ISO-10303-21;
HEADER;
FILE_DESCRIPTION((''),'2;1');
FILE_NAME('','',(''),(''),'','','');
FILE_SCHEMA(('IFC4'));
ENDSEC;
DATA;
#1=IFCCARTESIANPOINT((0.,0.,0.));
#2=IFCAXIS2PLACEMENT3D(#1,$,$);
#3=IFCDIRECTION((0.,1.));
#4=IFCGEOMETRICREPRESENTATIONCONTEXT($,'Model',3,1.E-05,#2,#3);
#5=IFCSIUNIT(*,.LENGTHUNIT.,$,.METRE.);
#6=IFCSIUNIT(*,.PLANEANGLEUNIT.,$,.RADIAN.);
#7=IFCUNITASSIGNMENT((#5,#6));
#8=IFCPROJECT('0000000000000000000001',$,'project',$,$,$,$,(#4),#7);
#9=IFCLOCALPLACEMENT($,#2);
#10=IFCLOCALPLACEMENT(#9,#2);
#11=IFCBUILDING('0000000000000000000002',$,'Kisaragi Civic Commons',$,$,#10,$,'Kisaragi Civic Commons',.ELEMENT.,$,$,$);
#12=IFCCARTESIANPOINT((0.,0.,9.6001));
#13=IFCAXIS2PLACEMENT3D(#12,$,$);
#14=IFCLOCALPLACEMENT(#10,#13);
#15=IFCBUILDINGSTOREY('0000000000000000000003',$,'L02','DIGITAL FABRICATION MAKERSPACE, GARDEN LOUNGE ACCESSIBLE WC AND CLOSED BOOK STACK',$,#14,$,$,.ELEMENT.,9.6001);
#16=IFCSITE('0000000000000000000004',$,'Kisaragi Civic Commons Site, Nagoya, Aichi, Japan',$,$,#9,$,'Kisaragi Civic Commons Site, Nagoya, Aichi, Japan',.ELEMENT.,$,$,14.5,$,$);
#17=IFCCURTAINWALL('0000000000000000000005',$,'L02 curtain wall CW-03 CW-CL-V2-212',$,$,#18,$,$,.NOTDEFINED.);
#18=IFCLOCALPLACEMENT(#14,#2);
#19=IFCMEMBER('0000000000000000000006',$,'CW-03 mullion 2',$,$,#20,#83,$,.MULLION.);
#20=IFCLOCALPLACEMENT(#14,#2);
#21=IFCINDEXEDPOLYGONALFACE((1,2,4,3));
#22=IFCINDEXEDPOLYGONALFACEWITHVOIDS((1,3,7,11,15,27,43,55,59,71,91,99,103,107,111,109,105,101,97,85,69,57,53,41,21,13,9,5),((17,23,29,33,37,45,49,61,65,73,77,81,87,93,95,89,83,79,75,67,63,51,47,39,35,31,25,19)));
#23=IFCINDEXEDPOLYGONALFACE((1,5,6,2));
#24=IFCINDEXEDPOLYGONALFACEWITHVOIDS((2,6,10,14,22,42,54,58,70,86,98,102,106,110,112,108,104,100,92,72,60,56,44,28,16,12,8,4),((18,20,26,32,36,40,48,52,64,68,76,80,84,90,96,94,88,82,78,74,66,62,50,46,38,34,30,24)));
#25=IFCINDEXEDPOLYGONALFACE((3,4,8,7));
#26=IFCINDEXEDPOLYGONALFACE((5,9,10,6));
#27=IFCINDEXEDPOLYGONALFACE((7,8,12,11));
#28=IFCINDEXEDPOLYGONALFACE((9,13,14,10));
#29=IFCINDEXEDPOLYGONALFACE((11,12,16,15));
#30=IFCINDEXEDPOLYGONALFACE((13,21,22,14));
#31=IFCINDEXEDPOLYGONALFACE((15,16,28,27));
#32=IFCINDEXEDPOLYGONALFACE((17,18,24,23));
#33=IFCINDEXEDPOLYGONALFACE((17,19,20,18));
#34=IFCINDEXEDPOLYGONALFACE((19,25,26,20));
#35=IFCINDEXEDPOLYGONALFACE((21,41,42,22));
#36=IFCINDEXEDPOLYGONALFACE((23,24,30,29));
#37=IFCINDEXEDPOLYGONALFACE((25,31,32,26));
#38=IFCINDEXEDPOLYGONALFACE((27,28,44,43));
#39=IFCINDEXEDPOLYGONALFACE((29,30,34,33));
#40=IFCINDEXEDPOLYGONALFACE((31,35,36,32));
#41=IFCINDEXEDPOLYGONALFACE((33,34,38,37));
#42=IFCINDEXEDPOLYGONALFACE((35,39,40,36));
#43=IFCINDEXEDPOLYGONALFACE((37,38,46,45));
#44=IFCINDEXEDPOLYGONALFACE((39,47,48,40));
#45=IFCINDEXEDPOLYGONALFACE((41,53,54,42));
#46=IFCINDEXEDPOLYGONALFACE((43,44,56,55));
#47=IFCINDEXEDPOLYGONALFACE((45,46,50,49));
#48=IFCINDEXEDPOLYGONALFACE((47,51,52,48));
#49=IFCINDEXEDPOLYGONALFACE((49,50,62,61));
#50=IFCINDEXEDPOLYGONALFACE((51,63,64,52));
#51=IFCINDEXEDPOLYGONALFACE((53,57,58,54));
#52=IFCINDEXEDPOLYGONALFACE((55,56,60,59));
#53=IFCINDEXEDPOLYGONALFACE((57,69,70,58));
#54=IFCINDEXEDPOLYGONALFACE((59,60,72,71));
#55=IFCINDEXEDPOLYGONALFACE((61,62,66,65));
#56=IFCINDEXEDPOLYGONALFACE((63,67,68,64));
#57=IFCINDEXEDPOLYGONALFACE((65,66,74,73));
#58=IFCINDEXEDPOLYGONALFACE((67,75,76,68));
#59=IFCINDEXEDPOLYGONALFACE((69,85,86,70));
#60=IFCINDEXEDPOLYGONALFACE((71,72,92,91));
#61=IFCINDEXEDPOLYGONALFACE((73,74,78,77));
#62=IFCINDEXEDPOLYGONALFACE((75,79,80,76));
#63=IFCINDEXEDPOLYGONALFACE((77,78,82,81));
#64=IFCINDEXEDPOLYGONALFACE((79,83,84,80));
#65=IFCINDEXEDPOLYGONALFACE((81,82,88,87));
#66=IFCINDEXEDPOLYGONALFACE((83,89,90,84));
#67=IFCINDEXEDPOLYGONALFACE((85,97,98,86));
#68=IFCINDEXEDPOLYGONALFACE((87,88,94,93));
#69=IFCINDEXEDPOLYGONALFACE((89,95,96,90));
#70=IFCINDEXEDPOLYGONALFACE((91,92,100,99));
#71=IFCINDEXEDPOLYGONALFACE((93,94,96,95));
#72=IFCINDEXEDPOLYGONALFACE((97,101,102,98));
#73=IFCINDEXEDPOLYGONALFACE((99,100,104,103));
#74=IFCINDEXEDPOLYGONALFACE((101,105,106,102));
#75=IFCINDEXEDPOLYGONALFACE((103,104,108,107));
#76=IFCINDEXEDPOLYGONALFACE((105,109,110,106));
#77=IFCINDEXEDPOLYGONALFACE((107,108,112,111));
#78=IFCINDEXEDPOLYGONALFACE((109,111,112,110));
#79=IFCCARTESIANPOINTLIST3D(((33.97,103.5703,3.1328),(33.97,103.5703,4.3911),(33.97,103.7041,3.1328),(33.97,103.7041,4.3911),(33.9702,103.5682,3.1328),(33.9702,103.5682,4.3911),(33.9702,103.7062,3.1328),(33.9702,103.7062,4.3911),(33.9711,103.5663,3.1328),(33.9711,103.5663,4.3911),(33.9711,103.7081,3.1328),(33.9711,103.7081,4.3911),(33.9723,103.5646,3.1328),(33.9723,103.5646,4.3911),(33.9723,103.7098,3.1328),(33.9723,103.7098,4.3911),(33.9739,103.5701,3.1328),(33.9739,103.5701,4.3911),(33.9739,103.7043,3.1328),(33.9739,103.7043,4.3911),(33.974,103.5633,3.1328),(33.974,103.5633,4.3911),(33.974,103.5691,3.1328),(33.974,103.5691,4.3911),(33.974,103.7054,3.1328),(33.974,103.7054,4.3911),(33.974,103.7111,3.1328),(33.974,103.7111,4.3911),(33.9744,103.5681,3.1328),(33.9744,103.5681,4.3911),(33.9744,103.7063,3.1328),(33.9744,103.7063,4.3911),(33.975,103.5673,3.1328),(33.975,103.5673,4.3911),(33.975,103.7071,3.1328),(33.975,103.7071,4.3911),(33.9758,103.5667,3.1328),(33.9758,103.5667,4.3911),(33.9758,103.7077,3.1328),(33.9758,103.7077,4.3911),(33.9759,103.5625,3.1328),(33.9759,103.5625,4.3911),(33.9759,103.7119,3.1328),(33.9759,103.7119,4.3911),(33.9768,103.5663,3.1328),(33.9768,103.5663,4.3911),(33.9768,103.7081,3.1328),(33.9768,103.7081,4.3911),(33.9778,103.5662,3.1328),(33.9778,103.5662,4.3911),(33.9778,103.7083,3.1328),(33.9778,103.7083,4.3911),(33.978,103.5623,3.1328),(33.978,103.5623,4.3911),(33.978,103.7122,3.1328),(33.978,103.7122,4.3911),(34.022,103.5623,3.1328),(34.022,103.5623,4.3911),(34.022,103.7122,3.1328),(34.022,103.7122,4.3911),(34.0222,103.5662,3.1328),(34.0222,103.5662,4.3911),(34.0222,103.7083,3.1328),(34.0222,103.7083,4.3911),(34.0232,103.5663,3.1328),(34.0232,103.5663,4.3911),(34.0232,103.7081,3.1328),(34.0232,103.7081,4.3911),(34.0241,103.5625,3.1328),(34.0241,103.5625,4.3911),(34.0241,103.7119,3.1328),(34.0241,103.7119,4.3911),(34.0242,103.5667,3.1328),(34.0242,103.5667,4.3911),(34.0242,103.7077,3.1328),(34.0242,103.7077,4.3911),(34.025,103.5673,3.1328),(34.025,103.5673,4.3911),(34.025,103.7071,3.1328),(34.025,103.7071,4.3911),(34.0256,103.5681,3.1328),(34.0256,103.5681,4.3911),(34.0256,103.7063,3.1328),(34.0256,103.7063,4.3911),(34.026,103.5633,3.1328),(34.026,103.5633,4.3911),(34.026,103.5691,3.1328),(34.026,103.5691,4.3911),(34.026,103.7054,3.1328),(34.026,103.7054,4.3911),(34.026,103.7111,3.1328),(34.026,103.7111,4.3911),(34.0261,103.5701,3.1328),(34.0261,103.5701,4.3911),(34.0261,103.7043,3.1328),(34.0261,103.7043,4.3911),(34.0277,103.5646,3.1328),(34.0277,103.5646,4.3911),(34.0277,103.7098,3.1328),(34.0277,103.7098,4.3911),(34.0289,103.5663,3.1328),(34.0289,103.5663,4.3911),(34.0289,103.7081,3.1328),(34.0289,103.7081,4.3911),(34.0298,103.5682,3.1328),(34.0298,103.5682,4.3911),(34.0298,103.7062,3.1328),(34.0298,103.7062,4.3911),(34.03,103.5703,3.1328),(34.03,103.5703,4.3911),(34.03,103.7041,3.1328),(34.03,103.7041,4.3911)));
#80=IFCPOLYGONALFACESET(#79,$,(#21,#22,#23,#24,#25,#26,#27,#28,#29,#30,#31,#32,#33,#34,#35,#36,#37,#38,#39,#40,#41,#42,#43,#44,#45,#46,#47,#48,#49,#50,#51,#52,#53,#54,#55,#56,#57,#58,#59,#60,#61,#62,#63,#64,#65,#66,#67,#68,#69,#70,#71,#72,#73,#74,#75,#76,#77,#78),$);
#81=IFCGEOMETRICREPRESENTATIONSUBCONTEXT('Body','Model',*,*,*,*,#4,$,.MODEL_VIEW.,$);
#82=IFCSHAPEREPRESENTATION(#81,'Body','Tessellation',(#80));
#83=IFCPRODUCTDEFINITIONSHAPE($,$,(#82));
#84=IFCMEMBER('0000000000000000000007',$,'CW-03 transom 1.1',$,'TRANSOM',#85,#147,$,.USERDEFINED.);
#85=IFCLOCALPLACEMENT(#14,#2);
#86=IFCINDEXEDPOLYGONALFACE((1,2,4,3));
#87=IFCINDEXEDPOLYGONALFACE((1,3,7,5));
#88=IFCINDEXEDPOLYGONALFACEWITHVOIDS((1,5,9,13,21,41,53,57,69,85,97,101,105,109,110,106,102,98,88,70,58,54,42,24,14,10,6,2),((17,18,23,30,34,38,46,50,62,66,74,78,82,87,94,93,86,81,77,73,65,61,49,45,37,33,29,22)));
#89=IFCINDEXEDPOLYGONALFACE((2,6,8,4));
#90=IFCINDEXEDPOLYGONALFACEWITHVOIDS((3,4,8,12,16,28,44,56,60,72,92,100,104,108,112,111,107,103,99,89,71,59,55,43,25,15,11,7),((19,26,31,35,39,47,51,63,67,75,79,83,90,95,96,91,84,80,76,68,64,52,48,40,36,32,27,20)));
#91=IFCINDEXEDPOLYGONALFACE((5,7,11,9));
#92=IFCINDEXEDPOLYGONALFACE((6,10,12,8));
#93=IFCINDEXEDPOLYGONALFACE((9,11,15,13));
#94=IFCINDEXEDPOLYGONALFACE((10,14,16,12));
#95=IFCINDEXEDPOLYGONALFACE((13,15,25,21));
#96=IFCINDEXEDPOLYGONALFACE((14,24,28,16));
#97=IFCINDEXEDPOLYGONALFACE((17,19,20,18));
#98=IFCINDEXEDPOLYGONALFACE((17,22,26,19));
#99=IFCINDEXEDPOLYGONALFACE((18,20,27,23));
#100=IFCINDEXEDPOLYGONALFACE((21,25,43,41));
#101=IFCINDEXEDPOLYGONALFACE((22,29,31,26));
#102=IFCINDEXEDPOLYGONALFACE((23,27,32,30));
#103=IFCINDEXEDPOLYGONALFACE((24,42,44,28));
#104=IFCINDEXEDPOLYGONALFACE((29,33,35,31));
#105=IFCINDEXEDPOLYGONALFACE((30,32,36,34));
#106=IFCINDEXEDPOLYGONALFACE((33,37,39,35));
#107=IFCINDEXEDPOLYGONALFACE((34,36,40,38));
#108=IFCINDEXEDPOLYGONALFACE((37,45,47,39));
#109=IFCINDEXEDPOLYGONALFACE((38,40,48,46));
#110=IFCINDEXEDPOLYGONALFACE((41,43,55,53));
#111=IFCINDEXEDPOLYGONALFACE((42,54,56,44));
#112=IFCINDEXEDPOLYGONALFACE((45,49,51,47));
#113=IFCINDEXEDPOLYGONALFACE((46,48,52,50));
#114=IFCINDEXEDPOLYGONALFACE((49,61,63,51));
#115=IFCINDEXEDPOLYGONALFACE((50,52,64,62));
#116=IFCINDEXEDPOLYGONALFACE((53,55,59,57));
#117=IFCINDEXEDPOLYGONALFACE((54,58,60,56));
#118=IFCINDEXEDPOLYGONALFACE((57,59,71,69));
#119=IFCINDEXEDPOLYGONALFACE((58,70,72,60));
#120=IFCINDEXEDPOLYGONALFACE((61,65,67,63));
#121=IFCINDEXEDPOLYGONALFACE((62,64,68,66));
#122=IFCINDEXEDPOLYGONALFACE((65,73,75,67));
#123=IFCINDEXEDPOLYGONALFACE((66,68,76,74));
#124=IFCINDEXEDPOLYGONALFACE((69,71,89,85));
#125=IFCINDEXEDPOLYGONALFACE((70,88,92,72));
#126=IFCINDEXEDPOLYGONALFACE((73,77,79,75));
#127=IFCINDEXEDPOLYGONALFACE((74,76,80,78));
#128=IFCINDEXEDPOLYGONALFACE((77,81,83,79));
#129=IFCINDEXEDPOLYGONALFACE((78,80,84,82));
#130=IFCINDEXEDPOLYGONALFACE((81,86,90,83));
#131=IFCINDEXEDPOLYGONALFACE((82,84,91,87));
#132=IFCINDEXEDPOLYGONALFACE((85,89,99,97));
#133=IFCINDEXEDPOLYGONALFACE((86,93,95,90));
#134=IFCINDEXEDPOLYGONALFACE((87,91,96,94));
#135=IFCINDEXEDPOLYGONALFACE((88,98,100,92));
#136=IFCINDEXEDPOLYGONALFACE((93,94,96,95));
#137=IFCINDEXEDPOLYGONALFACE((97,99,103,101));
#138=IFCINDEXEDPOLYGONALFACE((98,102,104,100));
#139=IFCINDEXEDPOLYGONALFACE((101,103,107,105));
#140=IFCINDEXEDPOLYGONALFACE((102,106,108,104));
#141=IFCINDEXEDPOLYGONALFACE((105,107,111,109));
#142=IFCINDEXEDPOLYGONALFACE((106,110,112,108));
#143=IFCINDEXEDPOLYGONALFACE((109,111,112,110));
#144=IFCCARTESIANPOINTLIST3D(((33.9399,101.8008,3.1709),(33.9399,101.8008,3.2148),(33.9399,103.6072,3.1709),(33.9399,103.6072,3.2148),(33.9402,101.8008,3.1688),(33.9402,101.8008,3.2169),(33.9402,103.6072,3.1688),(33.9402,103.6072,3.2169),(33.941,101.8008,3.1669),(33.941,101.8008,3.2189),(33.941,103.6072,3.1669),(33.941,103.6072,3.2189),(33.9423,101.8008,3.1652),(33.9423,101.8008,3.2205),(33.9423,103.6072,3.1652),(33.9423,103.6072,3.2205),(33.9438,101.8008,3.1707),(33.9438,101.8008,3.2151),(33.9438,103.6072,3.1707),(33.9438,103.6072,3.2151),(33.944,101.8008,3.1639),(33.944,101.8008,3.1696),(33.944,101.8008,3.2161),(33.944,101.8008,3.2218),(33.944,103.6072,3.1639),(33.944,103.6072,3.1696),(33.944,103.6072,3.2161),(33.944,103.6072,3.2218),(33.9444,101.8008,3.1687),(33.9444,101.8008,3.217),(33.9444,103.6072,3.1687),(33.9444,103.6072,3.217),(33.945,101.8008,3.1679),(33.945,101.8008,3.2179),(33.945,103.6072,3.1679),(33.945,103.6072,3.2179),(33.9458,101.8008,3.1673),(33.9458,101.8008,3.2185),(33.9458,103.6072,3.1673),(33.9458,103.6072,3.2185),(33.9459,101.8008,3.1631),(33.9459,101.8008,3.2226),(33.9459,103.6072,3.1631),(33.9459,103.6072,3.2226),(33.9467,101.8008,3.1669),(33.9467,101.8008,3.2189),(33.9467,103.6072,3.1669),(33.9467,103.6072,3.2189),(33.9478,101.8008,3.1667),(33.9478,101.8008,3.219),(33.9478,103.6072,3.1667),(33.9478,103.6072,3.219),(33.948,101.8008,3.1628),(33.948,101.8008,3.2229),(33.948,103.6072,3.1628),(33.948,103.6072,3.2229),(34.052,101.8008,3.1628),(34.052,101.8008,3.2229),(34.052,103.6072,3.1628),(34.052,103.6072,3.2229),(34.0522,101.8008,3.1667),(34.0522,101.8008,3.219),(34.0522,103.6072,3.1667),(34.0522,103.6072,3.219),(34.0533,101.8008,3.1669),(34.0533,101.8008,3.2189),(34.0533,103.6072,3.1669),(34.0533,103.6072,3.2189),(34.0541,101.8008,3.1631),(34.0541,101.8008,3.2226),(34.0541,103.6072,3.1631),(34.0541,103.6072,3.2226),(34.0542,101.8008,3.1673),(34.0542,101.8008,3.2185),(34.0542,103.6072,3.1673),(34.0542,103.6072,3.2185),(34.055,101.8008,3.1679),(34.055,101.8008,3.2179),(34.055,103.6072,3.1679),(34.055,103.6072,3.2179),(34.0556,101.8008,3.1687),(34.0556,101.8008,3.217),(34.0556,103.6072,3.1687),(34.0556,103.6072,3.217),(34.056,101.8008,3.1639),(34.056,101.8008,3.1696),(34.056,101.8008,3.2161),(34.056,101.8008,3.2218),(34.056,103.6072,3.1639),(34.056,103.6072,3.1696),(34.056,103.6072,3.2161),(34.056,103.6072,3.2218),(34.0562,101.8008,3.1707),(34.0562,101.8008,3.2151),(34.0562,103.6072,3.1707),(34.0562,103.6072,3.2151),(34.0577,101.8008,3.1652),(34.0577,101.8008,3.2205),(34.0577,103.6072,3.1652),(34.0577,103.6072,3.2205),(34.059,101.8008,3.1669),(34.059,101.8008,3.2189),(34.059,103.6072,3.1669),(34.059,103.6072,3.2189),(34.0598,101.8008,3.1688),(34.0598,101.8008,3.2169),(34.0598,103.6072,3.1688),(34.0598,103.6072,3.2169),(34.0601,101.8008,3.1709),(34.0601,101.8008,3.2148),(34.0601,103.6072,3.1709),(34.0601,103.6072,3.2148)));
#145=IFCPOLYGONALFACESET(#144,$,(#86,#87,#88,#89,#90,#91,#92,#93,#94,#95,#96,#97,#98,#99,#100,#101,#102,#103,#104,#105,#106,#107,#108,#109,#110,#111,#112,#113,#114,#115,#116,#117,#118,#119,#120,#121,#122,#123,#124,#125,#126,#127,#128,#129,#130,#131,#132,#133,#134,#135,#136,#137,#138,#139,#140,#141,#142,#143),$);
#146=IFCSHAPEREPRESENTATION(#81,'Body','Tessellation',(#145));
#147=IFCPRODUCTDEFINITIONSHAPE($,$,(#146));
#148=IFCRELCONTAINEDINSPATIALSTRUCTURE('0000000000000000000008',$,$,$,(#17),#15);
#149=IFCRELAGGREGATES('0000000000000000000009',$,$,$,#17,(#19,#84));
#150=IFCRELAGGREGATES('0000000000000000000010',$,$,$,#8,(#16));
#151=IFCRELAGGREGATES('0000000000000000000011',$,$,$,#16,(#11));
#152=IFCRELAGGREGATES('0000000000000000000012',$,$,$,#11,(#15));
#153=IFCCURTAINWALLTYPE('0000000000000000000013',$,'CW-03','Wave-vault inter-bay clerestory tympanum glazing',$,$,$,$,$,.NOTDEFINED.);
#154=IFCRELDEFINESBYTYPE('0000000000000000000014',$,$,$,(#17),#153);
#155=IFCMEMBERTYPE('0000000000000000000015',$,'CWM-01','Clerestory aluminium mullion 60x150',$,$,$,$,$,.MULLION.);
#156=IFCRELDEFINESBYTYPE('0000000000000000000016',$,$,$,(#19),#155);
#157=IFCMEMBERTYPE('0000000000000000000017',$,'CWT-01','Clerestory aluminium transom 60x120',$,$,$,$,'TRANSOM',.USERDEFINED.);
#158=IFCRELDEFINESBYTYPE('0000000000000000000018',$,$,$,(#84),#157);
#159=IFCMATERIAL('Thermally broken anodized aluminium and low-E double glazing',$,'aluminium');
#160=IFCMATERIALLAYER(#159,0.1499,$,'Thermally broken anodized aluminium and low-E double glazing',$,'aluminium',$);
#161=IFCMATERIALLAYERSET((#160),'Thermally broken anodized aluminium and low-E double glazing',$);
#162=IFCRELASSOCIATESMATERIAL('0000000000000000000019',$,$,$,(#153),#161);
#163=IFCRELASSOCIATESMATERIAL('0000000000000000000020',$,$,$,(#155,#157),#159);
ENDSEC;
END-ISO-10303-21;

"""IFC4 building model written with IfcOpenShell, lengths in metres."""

from ifc_helpers import new_model, si_unit, direction, frame, origin, origin_2d, place, context, subcontext, project, spatial, hollow_rectangle, extrude, material, layer, layer_set, material_profile, profile_set, type_object, element, aggregate, save


model = new_model("IFC4")

# Units and contexts
model_context = context("Model", 3, precision=1e-05, world=origin(), true_north=direction((0.0, 1.0)))
body_context = subcontext(model_context, "Body", "Model", "MODEL_VIEW")
ifc_project = project(units=[si_unit("LENGTHUNIT", "METRE"), si_unit("PLANEANGLEUNIT", "RADIAN")], contexts=[model_context])

# Site, building, storey
site_placement = place(None, origin())
site = spatial("IfcSite", under=ifc_project, at=site_placement, Name="Kisaragi Civic Commons Site, Nagoya, Aichi, Japan", LongName="Kisaragi Civic Commons Site, Nagoya, Aichi, Japan", CompositionType="ELEMENT", RefElevation=14.5)
building_placement = place(site_placement, origin())
building = spatial("IfcBuilding", under=site, at=building_placement, Name="Kisaragi Civic Commons", LongName="Kisaragi Civic Commons", CompositionType="ELEMENT")
storey_placement = place(building_placement, frame((0.0, 0.0, 9.6001)))
storey = spatial("IfcBuildingStorey", under=building, at=storey_placement, Name="L02", Description="DIGITAL FABRICATION MAKERSPACE, GARDEN LOUNGE ACCESSIBLE WC AND CLOSED BOOK STACK", CompositionType="ELEMENT", Elevation=9.6001)

# Shared definitions
ifc_material_1 = material(Name="Thermally broken anodized aluminium and low-E double glazing", Category="aluminium")
ifc_layer_1 = layer(ifc_material_1, 0.1499, Name="Thermally broken anodized aluminium and low-E double glazing", Category="aluminium")
ifc_layer_set_1 = layer_set([ifc_layer_1], Name="Thermally broken anodized aluminium and low-E double glazing")
curtain_wall_type = type_object("IfcCurtainWallType", Name="CW-03", Description="Wave-vault inter-bay clerestory tympanum glazing", PredefinedType="NOTDEFINED", material=ifc_layer_set_1)
ifc_material_profile_1 = material_profile(ifc_material_1, hollow_rectangle(XDim=0.0601, YDim=0.1499, WallThickness=0.0039, InnerFilletRadius=0.0039, OuterFilletRadius=0.0081, at=origin_2d()), Name="CWM-60x150x4", Category="aluminium")
ifc_profile_set_1 = profile_set([ifc_material_profile_1], Name="Thermally broken anodized aluminium and low-E double glazing")
member_type_1 = type_object("IfcMemberType", Name="CWM-01", Description="Clerestory aluminium mullion 60x150", PredefinedType="MULLION", material=ifc_profile_set_1)

# Curtain wall, members
curtain_wall_1_placement = place(storey_placement, origin())
curtain_wall_1 = element("IfcCurtainWall", 1, at=curtain_wall_1_placement, inside=storey, type_object=curtain_wall_type, Name="L02 curtain wall CW-03 CW-CL-V2-212", PredefinedType="NOTDEFINED")
member_1_placement = place(storey_placement, frame((34.0, 103.6372, 3.1328), z_axis=(0.0, 0.0, 1.0), x_axis=(-1.0, 0.0, 0.0)))
member_1 = element("IfcMember", 2, at=member_1_placement, type_object=member_type_1, Name="CW-03 mullion 2", PredefinedType="MULLION", context=body_context, shape_type="SweptSolid", body=[
    extrude(hollow_rectangle(XDim=0.0601, YDim=0.1499, WallThickness=0.0039, InnerFilletRadius=0.0039, OuterFilletRadius=0.0081, at=origin_2d()), origin(), (0.0, 0.0, 1.0), 1.2583),
])
ifc_material_profile_2 = material_profile(ifc_material_1, hollow_rectangle(XDim=0.1201, YDim=0.0601, WallThickness=0.0039, InnerFilletRadius=0.0039, OuterFilletRadius=0.0081, at=origin_2d()), Name="CWT-60x120x4", Category="aluminium")
ifc_profile_set_2 = profile_set([ifc_material_profile_2], Name="Thermally broken anodized aluminium and low-E double glazing")
member_type_2 = type_object("IfcMemberType", Name="CWT-01", Description="Clerestory aluminium transom 60x120", ElementType="TRANSOM", PredefinedType="USERDEFINED", material=ifc_profile_set_2)
member_2_placement = place(storey_placement, frame((34.0, 101.8008, 3.1929), z_axis=(0.0, 1.0, 0.0), x_axis=(-1.0, 0.0, 0.0)))
member_2 = element("IfcMember", 3, at=member_2_placement, type_object=member_type_2, Name="CW-03 transom 1.1", ObjectType="TRANSOM", PredefinedType="USERDEFINED", context=body_context, shape_type="SweptSolid", body=[
    extrude(hollow_rectangle(XDim=0.1201, YDim=0.0601, WallThickness=0.0039, InnerFilletRadius=0.0039, OuterFilletRadius=0.0081, at=origin_2d()), origin(), (0.0, 0.0, 1.0), 1.8064),
])

aggregate(curtain_wall_1, [member_1, member_2])

save(model, "model.ifc")
